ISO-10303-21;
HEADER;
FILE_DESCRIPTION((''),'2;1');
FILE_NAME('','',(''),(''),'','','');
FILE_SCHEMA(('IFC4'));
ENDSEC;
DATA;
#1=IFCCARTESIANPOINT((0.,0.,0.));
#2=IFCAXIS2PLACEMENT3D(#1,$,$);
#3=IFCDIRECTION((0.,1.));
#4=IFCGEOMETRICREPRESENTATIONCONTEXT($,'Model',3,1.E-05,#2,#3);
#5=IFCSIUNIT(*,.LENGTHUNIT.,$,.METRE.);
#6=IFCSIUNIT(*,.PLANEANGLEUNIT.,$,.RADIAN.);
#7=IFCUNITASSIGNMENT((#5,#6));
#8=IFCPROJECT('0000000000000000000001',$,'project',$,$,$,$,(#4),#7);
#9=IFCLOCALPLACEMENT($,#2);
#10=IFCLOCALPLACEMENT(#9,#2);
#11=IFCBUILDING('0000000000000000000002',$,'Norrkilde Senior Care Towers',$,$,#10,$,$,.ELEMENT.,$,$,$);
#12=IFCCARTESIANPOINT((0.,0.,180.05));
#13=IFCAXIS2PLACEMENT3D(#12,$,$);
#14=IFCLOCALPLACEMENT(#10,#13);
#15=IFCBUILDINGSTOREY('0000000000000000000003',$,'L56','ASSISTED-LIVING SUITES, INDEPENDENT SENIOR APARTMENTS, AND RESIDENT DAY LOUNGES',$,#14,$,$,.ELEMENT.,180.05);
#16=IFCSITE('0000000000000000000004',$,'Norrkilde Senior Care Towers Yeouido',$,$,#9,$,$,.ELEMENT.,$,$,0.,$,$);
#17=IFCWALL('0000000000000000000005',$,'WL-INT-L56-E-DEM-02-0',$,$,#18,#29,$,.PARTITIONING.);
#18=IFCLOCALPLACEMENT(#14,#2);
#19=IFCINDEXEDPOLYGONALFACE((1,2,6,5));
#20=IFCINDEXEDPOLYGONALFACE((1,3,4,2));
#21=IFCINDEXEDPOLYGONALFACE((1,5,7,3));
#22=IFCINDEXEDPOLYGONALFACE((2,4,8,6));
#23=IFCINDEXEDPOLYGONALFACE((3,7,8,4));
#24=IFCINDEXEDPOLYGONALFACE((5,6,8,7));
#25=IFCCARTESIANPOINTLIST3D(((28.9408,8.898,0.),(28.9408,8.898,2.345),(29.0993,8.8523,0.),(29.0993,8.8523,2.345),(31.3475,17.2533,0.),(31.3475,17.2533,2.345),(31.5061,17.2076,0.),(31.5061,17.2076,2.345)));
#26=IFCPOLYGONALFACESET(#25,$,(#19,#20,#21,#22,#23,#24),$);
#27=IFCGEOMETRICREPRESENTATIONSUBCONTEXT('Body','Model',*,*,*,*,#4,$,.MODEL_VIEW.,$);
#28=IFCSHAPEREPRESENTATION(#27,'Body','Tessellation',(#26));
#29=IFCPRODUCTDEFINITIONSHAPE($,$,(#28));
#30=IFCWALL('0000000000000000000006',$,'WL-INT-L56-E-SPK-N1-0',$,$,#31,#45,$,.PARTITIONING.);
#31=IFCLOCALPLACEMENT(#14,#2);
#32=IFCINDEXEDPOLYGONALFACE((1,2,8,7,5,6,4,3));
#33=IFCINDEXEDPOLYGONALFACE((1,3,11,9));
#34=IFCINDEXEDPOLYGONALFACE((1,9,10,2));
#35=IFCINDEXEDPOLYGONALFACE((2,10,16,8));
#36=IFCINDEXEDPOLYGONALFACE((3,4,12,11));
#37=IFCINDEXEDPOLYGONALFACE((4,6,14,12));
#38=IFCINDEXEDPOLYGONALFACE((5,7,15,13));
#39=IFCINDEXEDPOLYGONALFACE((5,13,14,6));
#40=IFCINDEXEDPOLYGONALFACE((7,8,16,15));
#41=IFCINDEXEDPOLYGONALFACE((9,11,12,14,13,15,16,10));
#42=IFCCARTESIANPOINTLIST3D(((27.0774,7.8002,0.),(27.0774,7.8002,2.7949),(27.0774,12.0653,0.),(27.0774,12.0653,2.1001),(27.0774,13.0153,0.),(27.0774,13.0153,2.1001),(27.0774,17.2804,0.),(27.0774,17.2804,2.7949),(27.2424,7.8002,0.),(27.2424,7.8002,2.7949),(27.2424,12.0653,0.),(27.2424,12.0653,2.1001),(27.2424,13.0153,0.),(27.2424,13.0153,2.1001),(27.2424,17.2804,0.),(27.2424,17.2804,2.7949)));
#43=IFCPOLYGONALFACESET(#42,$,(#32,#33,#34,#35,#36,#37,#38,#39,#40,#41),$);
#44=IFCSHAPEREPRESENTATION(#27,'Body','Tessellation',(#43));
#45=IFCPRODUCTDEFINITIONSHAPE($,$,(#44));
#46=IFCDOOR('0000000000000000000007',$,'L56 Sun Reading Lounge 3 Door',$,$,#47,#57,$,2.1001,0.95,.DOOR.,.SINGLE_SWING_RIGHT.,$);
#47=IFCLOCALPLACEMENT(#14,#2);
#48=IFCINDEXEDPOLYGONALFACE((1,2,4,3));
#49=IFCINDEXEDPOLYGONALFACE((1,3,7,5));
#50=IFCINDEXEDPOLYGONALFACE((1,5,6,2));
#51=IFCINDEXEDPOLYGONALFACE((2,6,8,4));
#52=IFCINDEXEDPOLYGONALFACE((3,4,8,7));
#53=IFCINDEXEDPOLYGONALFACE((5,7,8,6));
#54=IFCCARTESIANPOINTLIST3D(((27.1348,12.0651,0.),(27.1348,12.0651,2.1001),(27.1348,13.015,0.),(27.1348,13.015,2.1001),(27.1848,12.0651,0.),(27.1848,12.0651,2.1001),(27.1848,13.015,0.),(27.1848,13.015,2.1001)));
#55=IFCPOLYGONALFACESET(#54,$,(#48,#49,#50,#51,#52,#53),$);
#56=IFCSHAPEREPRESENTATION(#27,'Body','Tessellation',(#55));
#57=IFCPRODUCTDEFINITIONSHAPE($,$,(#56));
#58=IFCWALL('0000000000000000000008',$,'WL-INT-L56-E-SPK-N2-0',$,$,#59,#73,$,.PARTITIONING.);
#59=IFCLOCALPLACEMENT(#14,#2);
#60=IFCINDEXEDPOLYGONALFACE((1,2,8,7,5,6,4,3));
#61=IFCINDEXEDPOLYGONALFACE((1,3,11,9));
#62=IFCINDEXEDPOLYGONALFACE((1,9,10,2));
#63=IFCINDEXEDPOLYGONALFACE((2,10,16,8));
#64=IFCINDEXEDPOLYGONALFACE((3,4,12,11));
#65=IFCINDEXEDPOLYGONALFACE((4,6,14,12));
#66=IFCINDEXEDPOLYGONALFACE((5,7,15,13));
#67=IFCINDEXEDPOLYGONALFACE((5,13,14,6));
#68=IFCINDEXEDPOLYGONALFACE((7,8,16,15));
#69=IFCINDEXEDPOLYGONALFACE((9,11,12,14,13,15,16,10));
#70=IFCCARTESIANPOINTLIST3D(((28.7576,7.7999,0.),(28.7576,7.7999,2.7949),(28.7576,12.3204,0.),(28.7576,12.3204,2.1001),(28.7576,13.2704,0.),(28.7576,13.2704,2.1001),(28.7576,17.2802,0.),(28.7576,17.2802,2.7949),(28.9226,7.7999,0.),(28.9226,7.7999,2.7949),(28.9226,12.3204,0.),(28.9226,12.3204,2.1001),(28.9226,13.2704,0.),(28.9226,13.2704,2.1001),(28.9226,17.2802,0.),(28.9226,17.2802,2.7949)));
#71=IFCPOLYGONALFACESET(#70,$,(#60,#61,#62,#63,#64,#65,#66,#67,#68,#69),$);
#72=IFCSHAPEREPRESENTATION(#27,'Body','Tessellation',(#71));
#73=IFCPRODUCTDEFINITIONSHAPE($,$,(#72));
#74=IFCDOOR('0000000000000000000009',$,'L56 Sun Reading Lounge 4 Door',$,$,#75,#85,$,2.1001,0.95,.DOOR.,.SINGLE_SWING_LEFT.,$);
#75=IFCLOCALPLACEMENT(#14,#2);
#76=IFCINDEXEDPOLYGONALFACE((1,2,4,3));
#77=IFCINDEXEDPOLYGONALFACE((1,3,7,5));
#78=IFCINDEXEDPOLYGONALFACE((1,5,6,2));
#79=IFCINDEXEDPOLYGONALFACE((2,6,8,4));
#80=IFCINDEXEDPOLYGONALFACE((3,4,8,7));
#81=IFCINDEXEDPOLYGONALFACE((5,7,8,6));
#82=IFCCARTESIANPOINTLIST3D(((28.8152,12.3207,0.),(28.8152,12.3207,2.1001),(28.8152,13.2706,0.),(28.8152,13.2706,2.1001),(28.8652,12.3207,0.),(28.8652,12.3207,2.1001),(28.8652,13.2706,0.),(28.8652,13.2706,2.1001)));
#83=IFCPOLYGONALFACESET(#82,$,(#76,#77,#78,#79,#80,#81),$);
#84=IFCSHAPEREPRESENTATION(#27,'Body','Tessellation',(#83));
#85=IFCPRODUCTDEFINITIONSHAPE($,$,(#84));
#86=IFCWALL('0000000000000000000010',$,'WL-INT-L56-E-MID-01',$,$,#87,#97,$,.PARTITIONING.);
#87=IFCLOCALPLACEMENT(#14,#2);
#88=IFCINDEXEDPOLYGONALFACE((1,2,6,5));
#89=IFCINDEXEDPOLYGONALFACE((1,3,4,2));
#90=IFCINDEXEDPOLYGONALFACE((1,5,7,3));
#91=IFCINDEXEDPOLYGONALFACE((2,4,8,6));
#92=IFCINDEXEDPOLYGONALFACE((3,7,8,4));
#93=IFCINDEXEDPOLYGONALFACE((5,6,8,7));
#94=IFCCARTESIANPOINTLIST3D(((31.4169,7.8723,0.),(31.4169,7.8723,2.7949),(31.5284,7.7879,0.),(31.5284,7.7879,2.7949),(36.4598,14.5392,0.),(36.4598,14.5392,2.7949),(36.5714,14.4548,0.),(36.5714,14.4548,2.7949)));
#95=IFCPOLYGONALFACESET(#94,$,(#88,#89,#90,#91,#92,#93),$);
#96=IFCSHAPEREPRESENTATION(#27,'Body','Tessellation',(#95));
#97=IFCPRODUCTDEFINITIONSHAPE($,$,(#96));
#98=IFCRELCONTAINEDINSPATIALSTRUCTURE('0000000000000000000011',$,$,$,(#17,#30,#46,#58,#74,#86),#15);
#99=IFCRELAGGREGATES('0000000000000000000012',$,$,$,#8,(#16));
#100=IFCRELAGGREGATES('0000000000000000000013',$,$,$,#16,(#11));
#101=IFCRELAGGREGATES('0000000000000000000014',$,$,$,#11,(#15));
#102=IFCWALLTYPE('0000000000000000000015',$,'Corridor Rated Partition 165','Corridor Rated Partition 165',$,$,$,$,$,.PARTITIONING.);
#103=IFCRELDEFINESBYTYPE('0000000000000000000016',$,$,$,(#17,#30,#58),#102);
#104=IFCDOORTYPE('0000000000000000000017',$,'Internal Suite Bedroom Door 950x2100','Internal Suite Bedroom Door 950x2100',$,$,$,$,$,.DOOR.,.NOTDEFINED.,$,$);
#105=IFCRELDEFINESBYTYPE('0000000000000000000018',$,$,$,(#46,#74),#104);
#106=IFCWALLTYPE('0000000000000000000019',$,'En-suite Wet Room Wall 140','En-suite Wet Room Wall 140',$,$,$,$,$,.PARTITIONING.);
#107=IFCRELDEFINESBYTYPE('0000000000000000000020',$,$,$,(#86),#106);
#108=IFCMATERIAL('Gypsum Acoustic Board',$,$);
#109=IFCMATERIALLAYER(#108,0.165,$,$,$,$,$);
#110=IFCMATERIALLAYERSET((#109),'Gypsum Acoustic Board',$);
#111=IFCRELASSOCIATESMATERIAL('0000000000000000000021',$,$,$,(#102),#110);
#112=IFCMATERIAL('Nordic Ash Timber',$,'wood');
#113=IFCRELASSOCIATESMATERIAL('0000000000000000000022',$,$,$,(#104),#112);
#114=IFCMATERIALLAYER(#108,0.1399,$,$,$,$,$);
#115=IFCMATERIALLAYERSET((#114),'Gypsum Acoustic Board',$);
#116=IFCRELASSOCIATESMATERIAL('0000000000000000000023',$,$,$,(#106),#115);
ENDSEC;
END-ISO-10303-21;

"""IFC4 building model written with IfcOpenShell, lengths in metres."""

from ifc_helpers import new_model, si_unit, direction, frame, frame_2d, origin, place, context, subcontext, project, spatial, rectangle, extrude, source, transform, mapped, material, layer, layer_set, type_object, type_shapes, element, fill, save


model = new_model("IFC4")

# Units and contexts
model_context = context("Model", 3, precision=1e-05, world=origin(), true_north=direction((0.0, 1.0)))
body_context = subcontext(model_context, "Body", "Model", "MODEL_VIEW")
ifc_project = project(units=[si_unit("LENGTHUNIT", "METRE"), si_unit("PLANEANGLEUNIT", "RADIAN")], contexts=[model_context])

# Site, building, storey
site_placement = place(None, origin())
site = spatial("IfcSite", under=ifc_project, at=site_placement, Name="Norrkilde Senior Care Towers Yeouido", CompositionType="ELEMENT", RefElevation=0.0)
building_placement = place(site_placement, origin())
building = spatial("IfcBuilding", under=site, at=building_placement, Name="Norrkilde Senior Care Towers", CompositionType="ELEMENT")
storey_placement = place(building_placement, frame((0.0, 0.0, 180.05)))
storey = spatial("IfcBuildingStorey", under=building, at=storey_placement, Name="L56", Description="ASSISTED-LIVING SUITES, INDEPENDENT SENIOR APARTMENTS, AND RESIDENT DAY LOUNGES", CompositionType="ELEMENT", Elevation=180.05)

# Shared definitions
ifc_material_1 = material(Name="Gypsum Acoustic Board")
ifc_layer_1 = layer(ifc_material_1, 0.165)
ifc_layer_set_1 = layer_set([ifc_layer_1], Name="Gypsum Acoustic Board")
wall_type_1 = type_object("IfcWallType", Name="Corridor Rated Partition 165", Description="Corridor Rated Partition 165", PredefinedType="PARTITIONING", material=ifc_layer_set_1)
ifc_material_2 = material(Name="Nordic Ash Timber", Category="wood")

# Wall
shared_shape_1 = source(origin(), body_context, "Body", "SweptSolid", [
    extrude(rectangle(XDim=8.6951, YDim=0.165, at=frame_2d((4.3477, 0.0))), origin(), (0.0, 0.0, 1.0), 2.345),
])
wall_1_placement = place(storey_placement, frame((29.02, 8.875, 0.0), z_axis=(0.0, 0.0, 1.0), x_axis=(0.276797, 0.960928, 0.0)))
element("IfcWall", 1, at=wall_1_placement, inside=storey, type_object=wall_type_1, Name="WL-INT-L56-E-DEM-02-0", PredefinedType="PARTITIONING", context=body_context, shape_type="MappedRepresentation", body=[
    mapped(shared_shape_1, transform((0.0, 0.0, 0.0), x_axis=(1.0, 0.0, 0.0), y_axis=(0.0, 1.0, 0.0), z_axis=(0.0, 0.0, 1.0), scale=1.0)),
])

# Walls, openings, doors
shared_shape_2 = source(origin(), body_context, "Body", "SweptSolid", [
    extrude(rectangle(XDim=9.4802, YDim=0.165, at=frame_2d((4.7402, 0.0))), origin(), (0.0, 0.0, 1.0), 2.7949),
])
wall_2_placement = place(storey_placement, frame((27.1599, 7.8, 0.0), z_axis=(0.0, 0.0, 1.0), x_axis=(0.0, 1.0, 0.0)))
wall_2 = element("IfcWall", 2, at=wall_2_placement, inside=storey, type_object=wall_type_1, Name="WL-INT-L56-E-SPK-N1-0", PredefinedType="PARTITIONING", context=body_context, shape_type="MappedRepresentation", body=[
    mapped(shared_shape_2, transform((0.0, 0.0, 0.0), x_axis=(1.0, 0.0, 0.0), y_axis=(0.0, 1.0, 0.0), z_axis=(0.0, 0.0, 1.0), scale=1.0)),
])
opening_1_placement = place(wall_2_placement, frame((4.2651, 0.0, 0.0)))
opening_1 = element("IfcOpeningElement", 3, at=opening_1_placement, cuts=wall_2, PredefinedType="OPENING", context=body_context, shape_type="SweptSolid", body=[
    extrude(rectangle(XDim=0.95, YDim=2.1001, at=frame_2d((0.4751, 1.05))), frame((0.0, 0.0925, 0.0), z_axis=(0.0, -1.0, 0.0), x_axis=(1.0, 0.0, 0.0)), (0.0, 0.0, 1.0), 0.1851),
])
door_type_1 = type_object("IfcDoorType", Name="Internal Suite Bedroom Door 950x2100", Description="Internal Suite Bedroom Door 950x2100", OperationType="NOTDEFINED", PredefinedType="DOOR", material=ifc_material_2)
shared_shape_3 = source(origin(), body_context, "Body", "SweptSolid", [
    extrude(rectangle(XDim=0.95, YDim=2.1001, at=frame_2d((0.4751, 1.05))), frame((0.0, 0.0249, 0.0), z_axis=(0.0, -1.0, 0.0), x_axis=(1.0, 0.0, 0.0)), (0.0, 0.0, 1.0), 0.05),
])
type_shapes(door_type_1, [shared_shape_3])
door_1_placement = place(opening_1_placement, frame((0.95, 0.0, 0.0), z_axis=(0.0, 0.0, 1.0), x_axis=(-1.0, 0.0, 0.0)))
door_1 = element("IfcDoor", 4, at=door_1_placement, inside=storey, type_object=door_type_1, Name="L56 Sun Reading Lounge 3 Door", OperationType="SINGLE_SWING_RIGHT", OverallHeight=2.1001, OverallWidth=0.95, PredefinedType="DOOR", context=body_context, shape_type="MappedRepresentation", body=[
    mapped(shared_shape_3, transform((0.0, 0.0, 0.0), x_axis=(1.0, 0.0, 0.0), y_axis=(0.0, 1.0, 0.0), z_axis=(0.0, 0.0, 1.0), scale=1.0)),
])
fill(opening_1, door_1)
wall_3_placement = place(storey_placement, frame((28.8401, 17.2803, 0.0), z_axis=(0.0, 0.0, 1.0), x_axis=(0.0, -1.0, 0.0)))
wall_3 = element("IfcWall", 5, at=wall_3_placement, inside=storey, type_object=wall_type_1, Name="WL-INT-L56-E-SPK-N2-0", PredefinedType="PARTITIONING", context=body_context, shape_type="MappedRepresentation", body=[
    mapped(shared_shape_2, transform((0.0, 0.0, 0.0), x_axis=(1.0, 0.0, 0.0), y_axis=(0.0, 1.0, 0.0), z_axis=(0.0, 0.0, 1.0), scale=1.0)),
])
opening_2_placement = place(wall_3_placement, frame((4.0098, 0.0, 0.0)))
opening_2 = element("IfcOpeningElement", 6, at=opening_2_placement, cuts=wall_3, PredefinedType="OPENING", context=body_context, shape_type="SweptSolid", body=[
    extrude(rectangle(XDim=0.95, YDim=2.1001, at=frame_2d((0.4751, 1.05))), frame((0.0, 0.0925, 0.0), z_axis=(0.0, -1.0, 0.0), x_axis=(1.0, 0.0, 0.0)), (0.0, 0.0, 1.0), 0.1851),
])
door_2_placement = place(opening_2_placement, frame((0.95, 0.0, 0.0), z_axis=(0.0, 0.0, 1.0), x_axis=(-1.0, 0.0, 0.0)))
door_2 = element("IfcDoor", 7, at=door_2_placement, inside=storey, type_object=door_type_1, Name="L56 Sun Reading Lounge 4 Door", OperationType="SINGLE_SWING_LEFT", OverallHeight=2.1001, OverallWidth=0.95, PredefinedType="DOOR", context=body_context, shape_type="MappedRepresentation", body=[
    mapped(shared_shape_3, transform((0.0, 0.0, 0.0), x_axis=(1.0, 0.0, 0.0), y_axis=(0.0, 1.0, 0.0), z_axis=(0.0, 0.0, 1.0), scale=1.0)),
])
fill(opening_2, door_2)

# Wall
ifc_layer_2 = layer(ifc_material_1, 0.1399)
ifc_layer_set_2 = layer_set([ifc_layer_2], Name="Gypsum Acoustic Board")
wall_type_2 = type_object("IfcWallType", Name="En-suite Wet Room Wall 140", Description="En-suite Wet Room Wall 140", PredefinedType="PARTITIONING", material=ifc_layer_set_2)
shared_shape_4 = source(origin(), body_context, "Body", "SweptSolid", [
    extrude(rectangle(XDim=8.3594, YDim=0.1399, at=frame_2d((4.1797, 0.0))), origin(), (0.0, 0.0, 1.0), 2.7949),
])
type_shapes(wall_type_2, [shared_shape_4])
wall_4_placement = place(storey_placement, frame((31.4727, 7.8301, 0.0), z_axis=(0.0, 0.0, 1.0), x_axis=(0.603266, 0.79754, 0.0)))
element("IfcWall", 8, at=wall_4_placement, inside=storey, type_object=wall_type_2, Name="WL-INT-L56-E-MID-01", PredefinedType="PARTITIONING", context=body_context, shape_type="MappedRepresentation", body=[
    mapped(shared_shape_4, transform((0.0, 0.0, 0.0), x_axis=(1.0, 0.0, 0.0), y_axis=(0.0, 1.0, 0.0), z_axis=(0.0, 0.0, 1.0), scale=1.0)),
])

save(model, "model.ifc")
